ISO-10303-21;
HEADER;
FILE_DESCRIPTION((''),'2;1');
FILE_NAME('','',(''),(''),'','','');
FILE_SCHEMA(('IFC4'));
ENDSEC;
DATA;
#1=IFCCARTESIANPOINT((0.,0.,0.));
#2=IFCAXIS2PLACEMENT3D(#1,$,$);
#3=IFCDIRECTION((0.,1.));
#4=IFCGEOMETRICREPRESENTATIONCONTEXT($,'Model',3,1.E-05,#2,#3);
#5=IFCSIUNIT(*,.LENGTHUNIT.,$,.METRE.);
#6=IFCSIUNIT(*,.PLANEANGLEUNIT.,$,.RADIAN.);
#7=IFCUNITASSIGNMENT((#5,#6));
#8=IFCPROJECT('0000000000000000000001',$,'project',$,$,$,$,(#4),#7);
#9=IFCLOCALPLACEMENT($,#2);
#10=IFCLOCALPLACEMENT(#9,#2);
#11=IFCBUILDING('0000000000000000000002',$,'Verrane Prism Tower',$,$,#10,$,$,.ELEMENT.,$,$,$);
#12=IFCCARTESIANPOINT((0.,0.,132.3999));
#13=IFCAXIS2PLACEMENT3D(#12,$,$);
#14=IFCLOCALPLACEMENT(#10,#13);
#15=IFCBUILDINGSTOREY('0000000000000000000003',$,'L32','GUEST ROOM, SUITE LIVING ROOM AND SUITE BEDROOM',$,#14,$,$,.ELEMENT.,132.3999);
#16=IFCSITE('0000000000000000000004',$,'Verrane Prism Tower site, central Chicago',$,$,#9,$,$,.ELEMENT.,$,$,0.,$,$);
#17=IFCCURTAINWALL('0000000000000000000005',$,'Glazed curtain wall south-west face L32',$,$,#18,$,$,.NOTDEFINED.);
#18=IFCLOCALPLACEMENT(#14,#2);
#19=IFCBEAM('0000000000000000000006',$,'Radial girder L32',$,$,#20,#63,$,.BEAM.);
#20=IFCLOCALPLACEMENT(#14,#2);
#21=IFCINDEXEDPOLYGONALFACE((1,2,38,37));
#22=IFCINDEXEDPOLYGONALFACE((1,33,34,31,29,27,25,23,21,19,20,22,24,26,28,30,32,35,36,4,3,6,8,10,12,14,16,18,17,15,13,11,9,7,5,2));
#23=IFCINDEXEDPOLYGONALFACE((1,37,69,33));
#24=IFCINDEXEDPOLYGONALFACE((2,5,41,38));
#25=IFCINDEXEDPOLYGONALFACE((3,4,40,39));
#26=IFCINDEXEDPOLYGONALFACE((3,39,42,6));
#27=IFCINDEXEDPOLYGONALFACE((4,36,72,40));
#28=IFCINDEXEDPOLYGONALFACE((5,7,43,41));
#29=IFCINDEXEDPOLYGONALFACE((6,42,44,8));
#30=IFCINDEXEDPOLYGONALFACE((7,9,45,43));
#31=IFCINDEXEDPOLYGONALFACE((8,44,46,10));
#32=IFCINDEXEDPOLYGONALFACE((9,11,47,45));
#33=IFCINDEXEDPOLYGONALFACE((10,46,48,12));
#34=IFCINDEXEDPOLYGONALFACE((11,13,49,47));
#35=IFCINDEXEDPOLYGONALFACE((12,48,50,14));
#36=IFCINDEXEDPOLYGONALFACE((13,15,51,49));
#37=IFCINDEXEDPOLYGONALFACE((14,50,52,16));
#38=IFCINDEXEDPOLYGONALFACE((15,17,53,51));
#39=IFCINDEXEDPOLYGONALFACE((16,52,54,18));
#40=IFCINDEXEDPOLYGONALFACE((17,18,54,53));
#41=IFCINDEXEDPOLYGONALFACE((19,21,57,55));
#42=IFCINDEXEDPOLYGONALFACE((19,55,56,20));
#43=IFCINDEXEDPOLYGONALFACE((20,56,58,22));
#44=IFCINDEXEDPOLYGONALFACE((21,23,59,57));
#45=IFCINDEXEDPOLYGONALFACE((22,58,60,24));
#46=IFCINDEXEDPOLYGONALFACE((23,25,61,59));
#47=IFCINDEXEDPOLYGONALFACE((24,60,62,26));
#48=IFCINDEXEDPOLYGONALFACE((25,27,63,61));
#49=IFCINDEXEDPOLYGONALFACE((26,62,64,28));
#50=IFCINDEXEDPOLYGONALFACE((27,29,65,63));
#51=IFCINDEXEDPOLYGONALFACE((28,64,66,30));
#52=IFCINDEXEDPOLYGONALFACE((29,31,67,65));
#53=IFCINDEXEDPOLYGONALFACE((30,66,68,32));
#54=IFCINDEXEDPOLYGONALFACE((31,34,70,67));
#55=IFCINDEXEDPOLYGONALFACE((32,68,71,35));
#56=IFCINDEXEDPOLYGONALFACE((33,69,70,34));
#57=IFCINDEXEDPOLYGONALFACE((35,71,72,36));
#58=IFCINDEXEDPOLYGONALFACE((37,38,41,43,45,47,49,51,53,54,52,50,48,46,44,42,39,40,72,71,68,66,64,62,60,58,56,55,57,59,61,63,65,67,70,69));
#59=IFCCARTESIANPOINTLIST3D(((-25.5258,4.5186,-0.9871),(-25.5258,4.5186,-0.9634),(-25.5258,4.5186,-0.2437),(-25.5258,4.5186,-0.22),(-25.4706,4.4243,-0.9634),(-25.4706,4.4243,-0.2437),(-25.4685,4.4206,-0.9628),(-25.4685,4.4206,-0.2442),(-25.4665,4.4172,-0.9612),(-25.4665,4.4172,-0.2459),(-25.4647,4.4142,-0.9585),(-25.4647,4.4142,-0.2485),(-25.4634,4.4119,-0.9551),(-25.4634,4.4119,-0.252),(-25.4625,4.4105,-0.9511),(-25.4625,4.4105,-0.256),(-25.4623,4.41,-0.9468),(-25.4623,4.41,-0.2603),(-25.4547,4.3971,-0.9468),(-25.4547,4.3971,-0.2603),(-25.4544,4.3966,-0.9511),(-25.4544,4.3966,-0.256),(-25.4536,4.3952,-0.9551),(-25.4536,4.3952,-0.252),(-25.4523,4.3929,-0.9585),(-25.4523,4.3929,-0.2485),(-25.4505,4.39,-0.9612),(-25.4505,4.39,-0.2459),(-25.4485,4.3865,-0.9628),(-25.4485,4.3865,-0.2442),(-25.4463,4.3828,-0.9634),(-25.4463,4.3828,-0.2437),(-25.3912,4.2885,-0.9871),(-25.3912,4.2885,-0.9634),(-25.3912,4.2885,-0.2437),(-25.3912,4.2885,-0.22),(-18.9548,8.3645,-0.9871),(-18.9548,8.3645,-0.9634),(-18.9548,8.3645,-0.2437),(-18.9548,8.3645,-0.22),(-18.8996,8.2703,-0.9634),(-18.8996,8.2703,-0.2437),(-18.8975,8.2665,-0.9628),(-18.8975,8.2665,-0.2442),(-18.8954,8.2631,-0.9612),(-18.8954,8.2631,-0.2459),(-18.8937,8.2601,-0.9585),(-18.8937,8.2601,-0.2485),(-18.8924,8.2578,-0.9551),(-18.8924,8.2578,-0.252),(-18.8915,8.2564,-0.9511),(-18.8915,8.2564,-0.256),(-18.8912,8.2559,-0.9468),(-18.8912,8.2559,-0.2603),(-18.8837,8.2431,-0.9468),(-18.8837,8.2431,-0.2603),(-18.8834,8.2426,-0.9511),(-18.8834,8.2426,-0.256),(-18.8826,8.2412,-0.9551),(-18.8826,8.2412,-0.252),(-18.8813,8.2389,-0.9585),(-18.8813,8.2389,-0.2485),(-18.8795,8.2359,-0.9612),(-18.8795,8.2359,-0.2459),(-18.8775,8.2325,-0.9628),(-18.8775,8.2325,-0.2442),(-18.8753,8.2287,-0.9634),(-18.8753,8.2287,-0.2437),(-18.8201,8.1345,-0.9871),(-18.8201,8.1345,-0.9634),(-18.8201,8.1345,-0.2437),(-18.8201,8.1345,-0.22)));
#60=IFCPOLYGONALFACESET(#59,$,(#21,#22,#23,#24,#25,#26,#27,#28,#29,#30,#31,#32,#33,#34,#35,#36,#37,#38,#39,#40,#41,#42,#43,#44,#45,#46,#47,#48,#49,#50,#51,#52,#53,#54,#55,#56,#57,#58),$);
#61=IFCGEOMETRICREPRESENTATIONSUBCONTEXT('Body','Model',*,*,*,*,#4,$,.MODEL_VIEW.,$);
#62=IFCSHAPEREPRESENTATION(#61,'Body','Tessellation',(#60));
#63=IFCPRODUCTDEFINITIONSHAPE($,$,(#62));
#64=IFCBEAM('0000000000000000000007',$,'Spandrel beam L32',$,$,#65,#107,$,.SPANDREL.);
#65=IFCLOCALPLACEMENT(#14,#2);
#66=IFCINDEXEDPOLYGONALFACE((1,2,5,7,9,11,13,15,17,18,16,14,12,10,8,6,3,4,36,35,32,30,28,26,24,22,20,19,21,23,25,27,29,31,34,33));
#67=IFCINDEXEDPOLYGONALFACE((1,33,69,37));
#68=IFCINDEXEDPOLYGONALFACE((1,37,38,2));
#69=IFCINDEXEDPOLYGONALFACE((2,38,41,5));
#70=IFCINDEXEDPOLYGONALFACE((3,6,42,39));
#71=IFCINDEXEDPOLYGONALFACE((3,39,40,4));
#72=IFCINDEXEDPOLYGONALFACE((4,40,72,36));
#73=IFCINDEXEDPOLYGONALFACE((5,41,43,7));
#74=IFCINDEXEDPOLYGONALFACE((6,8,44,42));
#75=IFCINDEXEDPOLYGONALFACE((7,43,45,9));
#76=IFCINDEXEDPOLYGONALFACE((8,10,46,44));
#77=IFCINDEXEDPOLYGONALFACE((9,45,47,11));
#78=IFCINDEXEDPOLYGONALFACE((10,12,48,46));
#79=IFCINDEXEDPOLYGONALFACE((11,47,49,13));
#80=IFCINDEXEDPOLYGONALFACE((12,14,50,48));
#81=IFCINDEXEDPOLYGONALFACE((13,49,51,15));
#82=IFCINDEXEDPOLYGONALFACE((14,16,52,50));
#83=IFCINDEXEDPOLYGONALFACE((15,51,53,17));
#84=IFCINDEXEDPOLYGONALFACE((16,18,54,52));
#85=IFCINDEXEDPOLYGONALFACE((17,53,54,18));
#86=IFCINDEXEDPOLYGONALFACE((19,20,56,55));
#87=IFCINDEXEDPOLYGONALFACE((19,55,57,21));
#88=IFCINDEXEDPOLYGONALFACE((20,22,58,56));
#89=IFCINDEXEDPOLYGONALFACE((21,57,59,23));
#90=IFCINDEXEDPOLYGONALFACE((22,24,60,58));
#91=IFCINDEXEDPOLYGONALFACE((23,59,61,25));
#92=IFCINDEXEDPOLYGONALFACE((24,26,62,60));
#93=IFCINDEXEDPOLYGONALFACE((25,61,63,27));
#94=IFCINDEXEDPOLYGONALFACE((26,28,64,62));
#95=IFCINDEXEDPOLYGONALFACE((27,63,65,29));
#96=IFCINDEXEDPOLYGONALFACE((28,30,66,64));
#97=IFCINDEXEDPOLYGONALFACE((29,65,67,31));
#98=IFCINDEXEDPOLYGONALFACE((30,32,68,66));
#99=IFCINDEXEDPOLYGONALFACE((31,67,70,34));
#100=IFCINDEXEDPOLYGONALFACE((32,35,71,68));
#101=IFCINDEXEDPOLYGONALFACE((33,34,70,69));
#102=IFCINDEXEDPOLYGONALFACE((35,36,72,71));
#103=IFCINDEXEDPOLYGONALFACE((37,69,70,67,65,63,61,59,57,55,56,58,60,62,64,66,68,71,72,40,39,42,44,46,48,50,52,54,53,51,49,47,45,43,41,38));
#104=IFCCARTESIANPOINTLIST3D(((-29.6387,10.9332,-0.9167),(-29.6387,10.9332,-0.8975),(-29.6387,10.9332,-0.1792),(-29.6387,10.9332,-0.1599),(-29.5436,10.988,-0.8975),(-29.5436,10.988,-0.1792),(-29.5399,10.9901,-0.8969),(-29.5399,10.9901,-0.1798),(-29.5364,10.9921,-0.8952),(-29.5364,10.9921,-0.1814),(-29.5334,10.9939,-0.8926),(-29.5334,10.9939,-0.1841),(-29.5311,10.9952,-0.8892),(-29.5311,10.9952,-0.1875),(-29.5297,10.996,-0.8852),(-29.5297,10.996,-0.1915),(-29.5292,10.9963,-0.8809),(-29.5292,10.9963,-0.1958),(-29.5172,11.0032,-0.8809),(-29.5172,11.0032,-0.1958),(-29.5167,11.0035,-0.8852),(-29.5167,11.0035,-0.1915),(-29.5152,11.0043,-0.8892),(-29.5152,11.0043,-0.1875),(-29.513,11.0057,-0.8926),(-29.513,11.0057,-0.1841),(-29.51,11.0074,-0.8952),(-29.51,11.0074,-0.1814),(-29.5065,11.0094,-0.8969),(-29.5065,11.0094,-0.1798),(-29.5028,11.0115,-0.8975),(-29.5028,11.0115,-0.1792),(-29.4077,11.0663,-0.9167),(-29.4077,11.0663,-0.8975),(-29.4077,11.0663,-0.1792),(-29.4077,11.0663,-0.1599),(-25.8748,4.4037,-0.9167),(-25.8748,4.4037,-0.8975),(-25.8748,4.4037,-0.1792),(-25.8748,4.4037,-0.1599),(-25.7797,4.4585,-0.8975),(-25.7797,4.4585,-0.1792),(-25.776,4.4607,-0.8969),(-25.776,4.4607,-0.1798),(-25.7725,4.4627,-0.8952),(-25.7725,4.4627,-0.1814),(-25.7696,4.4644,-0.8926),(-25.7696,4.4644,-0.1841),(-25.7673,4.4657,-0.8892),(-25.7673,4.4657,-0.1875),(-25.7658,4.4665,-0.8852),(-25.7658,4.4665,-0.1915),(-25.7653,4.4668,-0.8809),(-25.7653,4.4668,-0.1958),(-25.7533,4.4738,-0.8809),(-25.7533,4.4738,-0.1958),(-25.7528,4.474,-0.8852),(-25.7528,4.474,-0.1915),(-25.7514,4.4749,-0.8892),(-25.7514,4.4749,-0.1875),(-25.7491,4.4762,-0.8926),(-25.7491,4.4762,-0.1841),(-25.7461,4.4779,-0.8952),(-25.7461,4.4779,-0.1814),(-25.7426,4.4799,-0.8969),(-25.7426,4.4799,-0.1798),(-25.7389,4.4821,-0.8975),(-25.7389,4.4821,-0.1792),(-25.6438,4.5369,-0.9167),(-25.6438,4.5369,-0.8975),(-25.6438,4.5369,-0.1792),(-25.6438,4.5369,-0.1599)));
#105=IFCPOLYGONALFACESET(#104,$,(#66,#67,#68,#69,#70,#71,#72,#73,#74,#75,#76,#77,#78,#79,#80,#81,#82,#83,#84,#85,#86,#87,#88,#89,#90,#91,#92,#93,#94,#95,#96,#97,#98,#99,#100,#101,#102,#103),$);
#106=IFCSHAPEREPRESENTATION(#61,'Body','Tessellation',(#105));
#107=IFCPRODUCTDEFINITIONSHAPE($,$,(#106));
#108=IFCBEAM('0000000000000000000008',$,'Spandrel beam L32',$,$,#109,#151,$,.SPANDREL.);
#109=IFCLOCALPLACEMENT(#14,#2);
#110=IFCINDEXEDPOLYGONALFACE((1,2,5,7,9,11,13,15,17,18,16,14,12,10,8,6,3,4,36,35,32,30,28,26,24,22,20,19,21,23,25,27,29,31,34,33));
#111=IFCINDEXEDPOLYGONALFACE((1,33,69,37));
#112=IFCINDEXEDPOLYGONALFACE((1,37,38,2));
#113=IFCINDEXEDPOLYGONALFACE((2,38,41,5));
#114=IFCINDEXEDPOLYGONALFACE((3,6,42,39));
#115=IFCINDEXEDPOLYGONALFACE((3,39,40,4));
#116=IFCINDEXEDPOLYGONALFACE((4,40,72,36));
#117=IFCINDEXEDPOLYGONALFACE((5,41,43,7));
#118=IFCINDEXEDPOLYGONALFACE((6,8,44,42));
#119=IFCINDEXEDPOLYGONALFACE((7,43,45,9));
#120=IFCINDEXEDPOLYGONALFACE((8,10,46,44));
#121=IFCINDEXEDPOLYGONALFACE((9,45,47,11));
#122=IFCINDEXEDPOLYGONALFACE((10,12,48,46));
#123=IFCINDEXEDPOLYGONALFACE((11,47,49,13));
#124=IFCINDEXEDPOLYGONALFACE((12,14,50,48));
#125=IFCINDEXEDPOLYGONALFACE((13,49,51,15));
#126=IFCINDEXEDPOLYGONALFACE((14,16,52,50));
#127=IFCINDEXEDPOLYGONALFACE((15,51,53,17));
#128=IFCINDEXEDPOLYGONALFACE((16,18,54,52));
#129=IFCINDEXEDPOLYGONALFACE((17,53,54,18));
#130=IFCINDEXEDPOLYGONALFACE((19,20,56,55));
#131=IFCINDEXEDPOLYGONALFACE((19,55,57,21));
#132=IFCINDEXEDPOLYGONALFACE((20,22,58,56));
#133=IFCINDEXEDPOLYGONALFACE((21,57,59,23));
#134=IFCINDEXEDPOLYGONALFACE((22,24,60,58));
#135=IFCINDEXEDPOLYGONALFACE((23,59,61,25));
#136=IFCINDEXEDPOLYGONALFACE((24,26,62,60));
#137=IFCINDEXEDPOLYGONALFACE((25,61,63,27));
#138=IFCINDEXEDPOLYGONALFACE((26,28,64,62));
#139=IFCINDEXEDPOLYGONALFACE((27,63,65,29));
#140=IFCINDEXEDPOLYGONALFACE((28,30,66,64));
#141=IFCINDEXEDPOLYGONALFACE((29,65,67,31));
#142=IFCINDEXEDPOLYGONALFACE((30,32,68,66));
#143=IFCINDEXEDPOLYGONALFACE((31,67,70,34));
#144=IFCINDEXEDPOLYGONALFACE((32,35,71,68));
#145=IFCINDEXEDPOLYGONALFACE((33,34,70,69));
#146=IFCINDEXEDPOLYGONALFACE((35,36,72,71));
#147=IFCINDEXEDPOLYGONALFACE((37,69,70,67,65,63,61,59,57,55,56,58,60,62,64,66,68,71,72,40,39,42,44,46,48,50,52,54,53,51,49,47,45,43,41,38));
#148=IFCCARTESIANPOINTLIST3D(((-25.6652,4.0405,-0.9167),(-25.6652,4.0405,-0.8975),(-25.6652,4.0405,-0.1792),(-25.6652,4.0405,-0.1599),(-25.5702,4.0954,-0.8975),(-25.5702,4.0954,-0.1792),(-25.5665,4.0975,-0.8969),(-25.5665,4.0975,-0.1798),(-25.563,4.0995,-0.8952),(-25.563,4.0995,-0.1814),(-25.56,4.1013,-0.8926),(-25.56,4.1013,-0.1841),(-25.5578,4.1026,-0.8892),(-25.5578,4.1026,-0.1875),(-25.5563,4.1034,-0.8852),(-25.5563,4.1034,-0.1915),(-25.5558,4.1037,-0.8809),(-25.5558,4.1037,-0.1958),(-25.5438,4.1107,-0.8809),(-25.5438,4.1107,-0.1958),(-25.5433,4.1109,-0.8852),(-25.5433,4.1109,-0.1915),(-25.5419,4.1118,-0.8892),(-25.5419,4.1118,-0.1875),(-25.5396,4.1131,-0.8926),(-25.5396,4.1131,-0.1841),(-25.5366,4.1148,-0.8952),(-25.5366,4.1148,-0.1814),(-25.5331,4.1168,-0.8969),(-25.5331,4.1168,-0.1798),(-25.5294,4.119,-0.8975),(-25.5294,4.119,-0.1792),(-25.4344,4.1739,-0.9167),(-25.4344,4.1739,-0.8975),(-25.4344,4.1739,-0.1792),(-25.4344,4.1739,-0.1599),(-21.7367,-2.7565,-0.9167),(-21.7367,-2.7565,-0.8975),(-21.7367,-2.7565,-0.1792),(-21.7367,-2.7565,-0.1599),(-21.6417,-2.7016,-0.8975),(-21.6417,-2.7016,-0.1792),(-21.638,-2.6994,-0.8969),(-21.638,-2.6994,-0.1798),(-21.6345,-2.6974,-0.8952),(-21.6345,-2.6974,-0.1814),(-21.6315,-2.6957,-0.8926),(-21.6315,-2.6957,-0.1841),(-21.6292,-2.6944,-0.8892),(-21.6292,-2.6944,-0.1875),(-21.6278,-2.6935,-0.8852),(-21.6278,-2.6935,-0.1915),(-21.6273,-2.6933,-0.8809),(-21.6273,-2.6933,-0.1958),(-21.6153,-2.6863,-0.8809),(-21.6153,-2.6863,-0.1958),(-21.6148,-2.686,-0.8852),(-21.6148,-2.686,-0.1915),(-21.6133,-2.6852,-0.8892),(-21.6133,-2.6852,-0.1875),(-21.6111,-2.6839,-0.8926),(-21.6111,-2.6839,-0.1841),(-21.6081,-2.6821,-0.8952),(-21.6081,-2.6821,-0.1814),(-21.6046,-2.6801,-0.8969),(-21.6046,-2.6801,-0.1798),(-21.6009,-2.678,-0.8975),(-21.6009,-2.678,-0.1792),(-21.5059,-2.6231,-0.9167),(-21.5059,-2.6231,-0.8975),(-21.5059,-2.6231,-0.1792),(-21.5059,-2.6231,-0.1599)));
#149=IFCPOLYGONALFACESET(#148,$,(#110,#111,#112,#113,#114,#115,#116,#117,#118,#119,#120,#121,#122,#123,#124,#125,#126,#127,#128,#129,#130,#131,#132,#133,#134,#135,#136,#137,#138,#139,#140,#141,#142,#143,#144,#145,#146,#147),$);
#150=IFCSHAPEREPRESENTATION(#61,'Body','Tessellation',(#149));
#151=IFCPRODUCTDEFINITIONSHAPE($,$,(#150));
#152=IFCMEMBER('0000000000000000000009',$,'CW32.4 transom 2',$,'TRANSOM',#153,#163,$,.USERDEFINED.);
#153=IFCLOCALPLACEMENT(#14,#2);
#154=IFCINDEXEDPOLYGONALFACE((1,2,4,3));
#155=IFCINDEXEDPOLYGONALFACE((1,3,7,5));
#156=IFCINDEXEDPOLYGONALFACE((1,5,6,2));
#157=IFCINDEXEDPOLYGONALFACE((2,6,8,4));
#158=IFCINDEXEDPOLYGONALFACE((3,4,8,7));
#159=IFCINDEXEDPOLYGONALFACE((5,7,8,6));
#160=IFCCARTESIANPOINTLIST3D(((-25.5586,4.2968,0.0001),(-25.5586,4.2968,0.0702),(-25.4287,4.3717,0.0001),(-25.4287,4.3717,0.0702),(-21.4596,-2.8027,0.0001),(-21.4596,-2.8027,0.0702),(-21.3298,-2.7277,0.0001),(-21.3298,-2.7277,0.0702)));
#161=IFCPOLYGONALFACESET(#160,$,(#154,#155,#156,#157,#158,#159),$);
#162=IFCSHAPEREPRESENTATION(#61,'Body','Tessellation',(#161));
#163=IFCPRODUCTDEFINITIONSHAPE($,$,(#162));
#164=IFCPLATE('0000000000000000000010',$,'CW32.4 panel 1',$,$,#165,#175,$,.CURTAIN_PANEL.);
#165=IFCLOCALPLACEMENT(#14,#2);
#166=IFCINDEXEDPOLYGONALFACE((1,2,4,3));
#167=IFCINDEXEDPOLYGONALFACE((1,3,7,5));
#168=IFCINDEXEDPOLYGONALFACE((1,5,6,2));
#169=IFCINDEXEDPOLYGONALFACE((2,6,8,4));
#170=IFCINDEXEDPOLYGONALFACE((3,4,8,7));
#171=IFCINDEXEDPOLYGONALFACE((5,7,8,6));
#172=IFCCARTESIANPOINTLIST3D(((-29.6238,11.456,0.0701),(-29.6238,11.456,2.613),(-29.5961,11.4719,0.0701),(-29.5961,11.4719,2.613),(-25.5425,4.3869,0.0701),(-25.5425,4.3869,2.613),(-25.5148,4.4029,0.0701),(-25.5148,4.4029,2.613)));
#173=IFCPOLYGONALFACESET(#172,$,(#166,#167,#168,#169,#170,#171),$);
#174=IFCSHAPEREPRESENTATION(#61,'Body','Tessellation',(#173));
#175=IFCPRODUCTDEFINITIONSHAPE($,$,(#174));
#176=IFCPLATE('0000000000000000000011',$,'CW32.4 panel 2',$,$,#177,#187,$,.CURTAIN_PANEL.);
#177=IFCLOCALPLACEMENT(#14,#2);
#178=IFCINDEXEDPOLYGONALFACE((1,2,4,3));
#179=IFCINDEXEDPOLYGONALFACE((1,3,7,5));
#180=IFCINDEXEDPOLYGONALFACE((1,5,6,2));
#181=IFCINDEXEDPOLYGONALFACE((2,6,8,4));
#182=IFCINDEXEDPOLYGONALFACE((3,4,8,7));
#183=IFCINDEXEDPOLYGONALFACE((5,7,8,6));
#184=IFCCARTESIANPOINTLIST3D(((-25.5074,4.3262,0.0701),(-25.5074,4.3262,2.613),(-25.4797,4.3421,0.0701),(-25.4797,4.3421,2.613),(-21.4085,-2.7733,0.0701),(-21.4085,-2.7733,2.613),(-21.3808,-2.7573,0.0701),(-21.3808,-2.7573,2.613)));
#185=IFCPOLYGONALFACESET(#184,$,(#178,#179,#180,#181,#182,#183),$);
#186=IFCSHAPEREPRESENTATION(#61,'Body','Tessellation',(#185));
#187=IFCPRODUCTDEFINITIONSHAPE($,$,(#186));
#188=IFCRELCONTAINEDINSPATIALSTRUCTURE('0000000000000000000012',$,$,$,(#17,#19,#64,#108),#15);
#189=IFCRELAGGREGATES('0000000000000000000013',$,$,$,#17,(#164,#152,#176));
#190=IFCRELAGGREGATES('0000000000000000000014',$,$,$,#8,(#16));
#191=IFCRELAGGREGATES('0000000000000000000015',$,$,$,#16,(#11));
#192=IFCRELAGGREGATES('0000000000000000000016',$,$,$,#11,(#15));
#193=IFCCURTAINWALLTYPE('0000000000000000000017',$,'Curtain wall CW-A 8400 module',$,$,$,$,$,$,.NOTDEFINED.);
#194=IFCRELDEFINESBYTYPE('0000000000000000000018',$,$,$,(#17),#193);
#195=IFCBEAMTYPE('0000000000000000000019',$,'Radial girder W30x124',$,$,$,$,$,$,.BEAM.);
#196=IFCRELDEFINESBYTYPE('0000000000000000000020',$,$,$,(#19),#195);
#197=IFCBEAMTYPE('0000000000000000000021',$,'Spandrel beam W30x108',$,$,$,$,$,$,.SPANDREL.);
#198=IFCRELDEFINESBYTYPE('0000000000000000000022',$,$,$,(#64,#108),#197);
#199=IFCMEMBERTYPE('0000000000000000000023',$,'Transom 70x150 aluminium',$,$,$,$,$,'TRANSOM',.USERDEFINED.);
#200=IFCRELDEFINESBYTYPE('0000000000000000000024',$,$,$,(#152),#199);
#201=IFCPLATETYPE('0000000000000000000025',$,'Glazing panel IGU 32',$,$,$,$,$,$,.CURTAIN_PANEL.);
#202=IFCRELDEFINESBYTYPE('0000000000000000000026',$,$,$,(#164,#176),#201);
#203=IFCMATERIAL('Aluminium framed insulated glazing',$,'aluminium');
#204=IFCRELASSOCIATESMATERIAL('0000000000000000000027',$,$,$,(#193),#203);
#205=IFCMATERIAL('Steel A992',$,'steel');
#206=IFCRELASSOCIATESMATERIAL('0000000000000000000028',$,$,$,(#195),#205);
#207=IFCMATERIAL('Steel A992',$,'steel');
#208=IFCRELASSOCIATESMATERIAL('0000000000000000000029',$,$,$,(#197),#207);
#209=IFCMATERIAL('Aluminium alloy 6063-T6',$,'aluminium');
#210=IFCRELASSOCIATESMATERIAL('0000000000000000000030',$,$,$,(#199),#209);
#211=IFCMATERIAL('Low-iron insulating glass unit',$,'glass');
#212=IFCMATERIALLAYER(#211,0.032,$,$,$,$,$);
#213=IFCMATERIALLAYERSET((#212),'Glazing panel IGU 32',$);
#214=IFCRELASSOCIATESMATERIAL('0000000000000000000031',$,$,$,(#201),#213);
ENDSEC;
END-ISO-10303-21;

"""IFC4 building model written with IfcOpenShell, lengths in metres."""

from ifc_helpers import new_model, si_unit, direction, frame, origin, origin_2d, place, context, subcontext, project, spatial, rectangle, i_section, extrude, material, layer, layer_set, material_profile, profile_set, type_object, element, aggregate, save


model = new_model("IFC4")

# Units and contexts
model_context = context("Model", 3, precision=1e-05, world=origin(), true_north=direction((0.0, 1.0)))
body_context = subcontext(model_context, "Body", "Model", "MODEL_VIEW")
ifc_project = project(units=[si_unit("LENGTHUNIT", "METRE"), si_unit("PLANEANGLEUNIT", "RADIAN")], contexts=[model_context])

# Site, building, storey
site_placement = place(None, origin())
site = spatial("IfcSite", under=ifc_project, at=site_placement, Name="Verrane Prism Tower site, central Chicago", CompositionType="ELEMENT", RefElevation=0.0)
building_placement = place(site_placement, origin())
building = spatial("IfcBuilding", under=site, at=building_placement, Name="Verrane Prism Tower", CompositionType="ELEMENT")
storey_placement = place(building_placement, frame((0.0, 0.0, 132.3999)))
storey = spatial("IfcBuildingStorey", under=building, at=storey_placement, Name="L32", Description="GUEST ROOM, SUITE LIVING ROOM AND SUITE BEDROOM", CompositionType="ELEMENT", Elevation=132.3999)

# Curtain wall
ifc_material_1 = material(Name="Aluminium framed insulated glazing", Category="aluminium")
curtain_wall_type = type_object("IfcCurtainWallType", Name="Curtain wall CW-A 8400 module", PredefinedType="NOTDEFINED", material=ifc_material_1)
curtain_wall_placement = place(storey_placement, origin())
curtain_wall = element("IfcCurtainWall", 1, at=curtain_wall_placement, inside=storey, type_object=curtain_wall_type, Name="Glazed curtain wall south-west face L32", PredefinedType="NOTDEFINED")

# Beams
ifc_material_2 = material(Name="Steel A992", Category="steel")
ifc_material_profile_1 = material_profile(ifc_material_2, i_section(OverallWidth=0.2666, OverallDepth=0.7671, WebThickness=0.0149, FlangeThickness=0.0237, FilletRadius=0.0166, at=origin_2d()), Name="W30x124")
ifc_profile_set_1 = profile_set([ifc_material_profile_1], Name="Steel A992")
beam_type_1 = type_object("IfcBeamType", Name="Radial girder W30x124", PredefinedType="BEAM", material=ifc_profile_set_1)
beam_1_placement = place(storey_placement, frame((-25.4585, 4.4036, -0.6035), z_axis=(0.863044, 0.505129, 0.0), x_axis=(-0.505129, 0.863044, 0.0)))
element("IfcBeam", 2, at=beam_1_placement, inside=storey, type_object=beam_type_1, Name="Radial girder L32", PredefinedType="BEAM", context=body_context, shape_type="SweptSolid", body=[
    extrude(i_section(OverallWidth=0.2666, OverallDepth=0.7671, WebThickness=0.0149, FlangeThickness=0.0237, FilletRadius=0.0166, at=origin_2d()), origin(), (0.0, 0.0, 1.0), 7.6138),
])
ifc_material_3 = material(Name="Steel A992", Category="steel")
ifc_material_profile_2 = material_profile(ifc_material_3, i_section(OverallWidth=0.2666, OverallDepth=0.7568, WebThickness=0.0139, FlangeThickness=0.0193, FilletRadius=0.0166, at=origin_2d()), Name="W30x108")
ifc_profile_set_2 = profile_set([ifc_material_profile_2], Name="Steel A992")
beam_type_2 = type_object("IfcBeamType", Name="Spandrel beam W30x108", PredefinedType="SPANDREL", material=ifc_profile_set_2)
beam_2_placement = place(storey_placement, frame((-29.5232, 10.9998, -0.5383), z_axis=(0.499411, -0.866365, 0.0), x_axis=(0.866365, 0.499411, 0.0)))
element("IfcBeam", 3, at=beam_2_placement, inside=storey, type_object=beam_type_2, Name="Spandrel beam L32", PredefinedType="SPANDREL", context=body_context, shape_type="SweptSolid", body=[
    extrude(i_section(OverallWidth=0.2666, OverallDepth=0.7568, WebThickness=0.0139, FlangeThickness=0.0193, FilletRadius=0.0166, at=origin_2d()), origin(), (0.0, 0.0, 1.0), 7.5366),
])
beam_3_placement = place(storey_placement, frame((-25.5498, 4.1072, -0.5383), z_axis=(0.50041, -0.865789, 0.0), x_axis=(0.865789, 0.50041, 0.0)))
element("IfcBeam", 4, at=beam_3_placement, inside=storey, type_object=beam_type_2, Name="Spandrel beam L32", PredefinedType="SPANDREL", context=body_context, shape_type="SweptSolid", body=[
    extrude(i_section(OverallWidth=0.2666, OverallDepth=0.7568, WebThickness=0.0139, FlangeThickness=0.0193, FilletRadius=0.0166, at=origin_2d()), origin(), (0.0, 0.0, 1.0), 7.8506),
])

# Member
ifc_material_4 = material(Name="Aluminium alloy 6063-T6", Category="aluminium")
ifc_material_profile_3 = material_profile(ifc_material_4, rectangle(XDim=0.1499, YDim=0.0701, at=origin_2d()), Name="Transom 70x150 aluminium")
ifc_profile_set_3 = profile_set([ifc_material_profile_3], Name="Aluminium alloy 6063-T6")
member_type_1 = type_object("IfcMemberType", Name="Transom 70x150 aluminium", ElementType="TRANSOM", PredefinedType="USERDEFINED", material=ifc_profile_set_3)
member_1_placement = place(storey_placement, frame((-25.4937, 4.3342, 0.0352), z_axis=(0.500005, -0.866022, 0.0), x_axis=(0.866022, 0.500005, 0.0)))
member_1 = element("IfcMember", 5, at=member_1_placement, type_object=member_type_1, Name="CW32.4 transom 2", ObjectType="TRANSOM", PredefinedType="USERDEFINED", context=body_context, shape_type="SweptSolid", body=[
    extrude(rectangle(XDim=0.1499, YDim=0.0701, at=origin_2d()), origin(), (0.0, 0.0, 1.0), 8.1978),
])

# Plates
ifc_material_5 = material(Name="Low-iron insulating glass unit", Category="glass")
ifc_layer_1 = layer(ifc_material_5, 0.032)
ifc_layer_set_1 = layer_set([ifc_layer_1], Name="Glazing panel IGU 32")
plate_type = type_object("IfcPlateType", Name="Glazing panel IGU 32", PredefinedType="CURTAIN_PANEL", material=ifc_layer_set_1)
plate_1_placement = place(storey_placement, frame((-27.5693, 7.9294, 0.0701), z_axis=(0.0, 0.0, 1.0), x_axis=(0.5, -0.866025, 0.0)))
plate_1 = element("IfcPlate", 6, at=plate_1_placement, type_object=plate_type, Name="CW32.4 panel 1", PredefinedType="CURTAIN_PANEL", context=body_context, shape_type="SweptSolid", body=[
    extrude(rectangle(XDim=8.1626, YDim=0.032, at=origin_2d()), origin(), (0.0, 0.0, 1.0), 2.543),
])
plate_2_placement = place(storey_placement, frame((-23.4441, 0.7844, 0.0701), z_axis=(0.0, 0.0, 1.0), x_axis=(0.5, -0.866025, 0.0)))
plate_2 = element("IfcPlate", 7, at=plate_2_placement, type_object=plate_type, Name="CW32.4 panel 2", PredefinedType="CURTAIN_PANEL", context=body_context, shape_type="SweptSolid", body=[
    extrude(rectangle(XDim=8.1978, YDim=0.032, at=origin_2d()), origin(), (0.0, 0.0, 1.0), 2.543),
])
aggregate(curtain_wall, [plate_1, member_1, plate_2])

save(model, "model.ifc")
